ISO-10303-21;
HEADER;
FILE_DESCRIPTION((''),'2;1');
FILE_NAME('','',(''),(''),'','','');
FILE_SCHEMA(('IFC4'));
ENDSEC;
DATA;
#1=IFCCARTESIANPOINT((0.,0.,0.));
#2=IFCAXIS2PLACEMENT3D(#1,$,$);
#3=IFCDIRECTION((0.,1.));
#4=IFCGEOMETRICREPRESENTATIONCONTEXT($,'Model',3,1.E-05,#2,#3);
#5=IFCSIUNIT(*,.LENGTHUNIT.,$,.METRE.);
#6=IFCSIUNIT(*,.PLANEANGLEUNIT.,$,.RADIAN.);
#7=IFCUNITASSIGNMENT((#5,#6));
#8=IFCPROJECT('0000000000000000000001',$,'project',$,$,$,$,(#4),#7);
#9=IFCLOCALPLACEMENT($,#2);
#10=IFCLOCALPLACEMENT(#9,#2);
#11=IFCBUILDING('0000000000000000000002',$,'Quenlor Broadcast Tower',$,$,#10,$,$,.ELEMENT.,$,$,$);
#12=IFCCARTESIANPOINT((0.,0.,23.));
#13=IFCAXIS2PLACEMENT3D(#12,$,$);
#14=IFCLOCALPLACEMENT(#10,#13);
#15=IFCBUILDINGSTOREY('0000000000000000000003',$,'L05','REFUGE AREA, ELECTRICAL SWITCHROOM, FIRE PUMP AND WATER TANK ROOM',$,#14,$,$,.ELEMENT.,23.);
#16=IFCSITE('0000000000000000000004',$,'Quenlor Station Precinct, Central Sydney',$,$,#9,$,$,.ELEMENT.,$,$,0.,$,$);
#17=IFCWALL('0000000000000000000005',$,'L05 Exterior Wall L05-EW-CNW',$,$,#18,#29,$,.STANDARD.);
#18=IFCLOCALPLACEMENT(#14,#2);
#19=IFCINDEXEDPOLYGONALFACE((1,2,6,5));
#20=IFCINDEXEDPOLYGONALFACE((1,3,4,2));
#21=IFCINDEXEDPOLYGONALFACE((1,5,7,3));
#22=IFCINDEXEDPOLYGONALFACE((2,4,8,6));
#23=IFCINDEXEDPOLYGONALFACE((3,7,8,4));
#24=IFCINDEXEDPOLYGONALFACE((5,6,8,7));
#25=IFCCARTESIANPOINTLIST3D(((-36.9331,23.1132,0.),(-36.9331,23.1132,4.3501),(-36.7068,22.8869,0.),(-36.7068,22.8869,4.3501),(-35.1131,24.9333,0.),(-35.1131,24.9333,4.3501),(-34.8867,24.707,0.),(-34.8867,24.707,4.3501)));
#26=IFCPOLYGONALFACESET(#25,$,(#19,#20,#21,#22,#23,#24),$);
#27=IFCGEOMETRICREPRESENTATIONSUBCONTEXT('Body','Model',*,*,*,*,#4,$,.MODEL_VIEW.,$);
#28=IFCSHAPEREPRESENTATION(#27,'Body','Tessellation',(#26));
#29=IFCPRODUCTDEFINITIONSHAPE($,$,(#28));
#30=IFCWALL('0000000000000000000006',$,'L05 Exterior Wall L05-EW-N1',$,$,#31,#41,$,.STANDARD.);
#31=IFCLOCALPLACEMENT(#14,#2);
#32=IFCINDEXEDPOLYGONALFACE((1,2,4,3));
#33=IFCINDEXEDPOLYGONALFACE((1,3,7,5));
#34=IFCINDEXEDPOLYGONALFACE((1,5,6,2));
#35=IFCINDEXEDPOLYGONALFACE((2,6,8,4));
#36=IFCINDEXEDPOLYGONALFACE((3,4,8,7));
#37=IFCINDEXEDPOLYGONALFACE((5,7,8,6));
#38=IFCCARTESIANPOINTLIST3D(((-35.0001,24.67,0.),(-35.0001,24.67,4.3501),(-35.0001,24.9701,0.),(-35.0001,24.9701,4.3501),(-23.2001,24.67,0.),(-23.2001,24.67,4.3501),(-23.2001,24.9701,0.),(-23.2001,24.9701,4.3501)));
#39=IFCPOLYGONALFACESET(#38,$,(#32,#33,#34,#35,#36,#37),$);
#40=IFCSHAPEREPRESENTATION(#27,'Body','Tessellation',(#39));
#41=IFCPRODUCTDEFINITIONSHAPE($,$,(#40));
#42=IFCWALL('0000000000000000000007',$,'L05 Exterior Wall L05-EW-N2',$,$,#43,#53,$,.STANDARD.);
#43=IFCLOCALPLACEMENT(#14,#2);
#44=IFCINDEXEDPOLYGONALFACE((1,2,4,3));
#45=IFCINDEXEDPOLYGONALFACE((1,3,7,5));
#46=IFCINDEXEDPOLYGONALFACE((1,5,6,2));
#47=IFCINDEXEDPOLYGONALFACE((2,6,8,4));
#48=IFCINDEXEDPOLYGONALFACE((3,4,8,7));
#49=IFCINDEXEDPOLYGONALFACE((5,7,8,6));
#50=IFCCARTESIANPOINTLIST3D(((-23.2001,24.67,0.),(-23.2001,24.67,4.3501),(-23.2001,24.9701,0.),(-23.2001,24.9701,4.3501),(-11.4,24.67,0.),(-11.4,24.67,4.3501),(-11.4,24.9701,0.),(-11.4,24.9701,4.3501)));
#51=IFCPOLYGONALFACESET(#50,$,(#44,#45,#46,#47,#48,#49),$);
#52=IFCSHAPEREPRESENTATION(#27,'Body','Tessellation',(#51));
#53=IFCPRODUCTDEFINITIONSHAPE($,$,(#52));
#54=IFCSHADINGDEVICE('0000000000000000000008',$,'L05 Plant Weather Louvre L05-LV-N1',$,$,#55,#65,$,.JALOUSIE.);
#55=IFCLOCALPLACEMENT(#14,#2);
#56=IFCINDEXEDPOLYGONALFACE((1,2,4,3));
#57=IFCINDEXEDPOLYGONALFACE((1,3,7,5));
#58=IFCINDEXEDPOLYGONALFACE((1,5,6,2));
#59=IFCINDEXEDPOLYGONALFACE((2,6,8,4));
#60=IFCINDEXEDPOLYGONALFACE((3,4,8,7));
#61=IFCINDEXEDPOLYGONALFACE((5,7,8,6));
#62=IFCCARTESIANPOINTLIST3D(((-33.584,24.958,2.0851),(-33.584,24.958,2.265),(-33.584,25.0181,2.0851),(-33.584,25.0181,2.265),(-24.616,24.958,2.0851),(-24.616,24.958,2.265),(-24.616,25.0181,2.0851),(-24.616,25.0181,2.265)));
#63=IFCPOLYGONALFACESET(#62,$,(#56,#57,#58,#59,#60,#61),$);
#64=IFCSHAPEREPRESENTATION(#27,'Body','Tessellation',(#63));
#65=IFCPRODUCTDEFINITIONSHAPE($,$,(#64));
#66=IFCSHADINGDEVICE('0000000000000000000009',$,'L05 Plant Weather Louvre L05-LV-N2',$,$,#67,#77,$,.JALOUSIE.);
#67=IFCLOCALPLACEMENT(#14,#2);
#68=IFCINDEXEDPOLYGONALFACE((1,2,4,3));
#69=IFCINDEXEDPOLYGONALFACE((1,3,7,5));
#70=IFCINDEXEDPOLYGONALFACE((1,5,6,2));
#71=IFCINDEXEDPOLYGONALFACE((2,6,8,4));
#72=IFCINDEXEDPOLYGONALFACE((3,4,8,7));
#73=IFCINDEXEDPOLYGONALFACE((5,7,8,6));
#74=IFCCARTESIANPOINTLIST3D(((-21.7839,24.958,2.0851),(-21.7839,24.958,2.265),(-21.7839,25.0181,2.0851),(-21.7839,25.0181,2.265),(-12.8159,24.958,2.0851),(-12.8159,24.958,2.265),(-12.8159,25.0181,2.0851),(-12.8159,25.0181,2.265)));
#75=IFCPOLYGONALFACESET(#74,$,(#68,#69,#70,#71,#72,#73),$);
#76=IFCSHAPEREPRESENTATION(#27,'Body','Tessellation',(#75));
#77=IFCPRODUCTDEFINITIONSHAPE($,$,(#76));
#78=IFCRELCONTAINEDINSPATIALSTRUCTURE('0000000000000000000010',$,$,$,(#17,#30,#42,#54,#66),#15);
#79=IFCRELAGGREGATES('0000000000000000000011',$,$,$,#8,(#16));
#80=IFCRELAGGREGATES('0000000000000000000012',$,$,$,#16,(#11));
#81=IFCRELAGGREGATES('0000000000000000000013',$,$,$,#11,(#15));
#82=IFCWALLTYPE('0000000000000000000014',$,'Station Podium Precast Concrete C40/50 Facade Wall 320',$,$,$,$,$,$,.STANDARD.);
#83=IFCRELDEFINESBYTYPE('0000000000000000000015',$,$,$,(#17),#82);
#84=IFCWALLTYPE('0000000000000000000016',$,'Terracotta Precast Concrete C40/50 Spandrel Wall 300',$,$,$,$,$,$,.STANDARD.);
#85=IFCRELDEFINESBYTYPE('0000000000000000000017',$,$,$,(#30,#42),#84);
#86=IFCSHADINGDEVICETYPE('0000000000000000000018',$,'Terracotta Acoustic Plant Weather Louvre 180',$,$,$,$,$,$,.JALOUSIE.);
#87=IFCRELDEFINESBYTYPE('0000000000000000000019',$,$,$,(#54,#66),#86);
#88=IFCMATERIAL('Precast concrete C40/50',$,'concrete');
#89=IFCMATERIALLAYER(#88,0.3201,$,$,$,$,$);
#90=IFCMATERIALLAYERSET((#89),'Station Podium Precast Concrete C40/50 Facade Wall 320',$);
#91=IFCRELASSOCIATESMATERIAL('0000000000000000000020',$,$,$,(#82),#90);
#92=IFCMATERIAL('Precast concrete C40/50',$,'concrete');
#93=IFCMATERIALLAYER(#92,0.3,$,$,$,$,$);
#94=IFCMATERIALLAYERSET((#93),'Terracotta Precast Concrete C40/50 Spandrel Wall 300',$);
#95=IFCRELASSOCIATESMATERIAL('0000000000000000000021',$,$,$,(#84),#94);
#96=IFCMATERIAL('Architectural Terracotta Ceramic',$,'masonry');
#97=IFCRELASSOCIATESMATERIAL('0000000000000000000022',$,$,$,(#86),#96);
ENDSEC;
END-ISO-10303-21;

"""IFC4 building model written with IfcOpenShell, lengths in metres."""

from ifc_helpers import new_model, si_unit, direction, frame, frame_2d, origin, origin_2d, place, context, subcontext, project, spatial, rectangle, extrude, material, layer, layer_set, material_profile, profile_set, type_object, element, save


model = new_model("IFC4")

# Units and contexts
model_context = context("Model", 3, precision=1e-05, world=origin(), true_north=direction((0.0, 1.0)))
body_context = subcontext(model_context, "Body", "Model", "MODEL_VIEW")
ifc_project = project(units=[si_unit("LENGTHUNIT", "METRE"), si_unit("PLANEANGLEUNIT", "RADIAN")], contexts=[model_context])

# Site, building, storey
site_placement = place(None, origin())
site = spatial("IfcSite", under=ifc_project, at=site_placement, Name="Quenlor Station Precinct, Central Sydney", CompositionType="ELEMENT", RefElevation=0.0)
building_placement = place(site_placement, origin())
building = spatial("IfcBuilding", under=site, at=building_placement, Name="Quenlor Broadcast Tower", CompositionType="ELEMENT")
storey_placement = place(building_placement, frame((0.0, 0.0, 23.0)))
storey = spatial("IfcBuildingStorey", under=building, at=storey_placement, Name="L05", Description="REFUGE AREA, ELECTRICAL SWITCHROOM, FIRE PUMP AND WATER TANK ROOM", CompositionType="ELEMENT", Elevation=23.0)

# Walls
ifc_material_1 = material(Name="Precast concrete C40/50", Category="concrete")
ifc_layer_1 = layer(ifc_material_1, 0.3201)
ifc_layer_set_1 = layer_set([ifc_layer_1], Name="Station Podium Precast Concrete C40/50 Facade Wall 320")
wall_type_1 = type_object("IfcWallType", Name="Station Podium Precast Concrete C40/50 Facade Wall 320", PredefinedType="STANDARD", material=ifc_layer_set_1)
wall_1_placement = place(storey_placement, frame((-36.8201, 23.0, 0.0), z_axis=(0.0, 0.0, 1.0), x_axis=(0.707107, 0.707107, 0.0)))
element("IfcWall", 1, at=wall_1_placement, inside=storey, type_object=wall_type_1, Name="L05 Exterior Wall L05-EW-CNW", PredefinedType="STANDARD", context=body_context, shape_type="SweptSolid", body=[
    extrude(rectangle(XDim=2.574, YDim=0.3201, at=frame_2d((1.2871, 0.0))), origin(), (0.0, 0.0, 1.0), 4.3501),
])
ifc_material_2 = material(Name="Precast concrete C40/50", Category="concrete")
ifc_layer_2 = layer(ifc_material_2, 0.3)
ifc_layer_set_2 = layer_set([ifc_layer_2], Name="Terracotta Precast Concrete C40/50 Spandrel Wall 300")
wall_type_2 = type_object("IfcWallType", Name="Terracotta Precast Concrete C40/50 Spandrel Wall 300", PredefinedType="STANDARD", material=ifc_layer_set_2)
for number, where, z_axis, x_axis, name in (
    (2, (-35.0, 24.8201, 0.0), (0.0, 0.0, 1.0), (1.0, 0.0, 0.0), "L05 Exterior Wall L05-EW-N1"),
    (3, (-23.2, 24.8201, 0.0), (0.0, 0.0, 1.0), (1.0, 0.0, 0.0), "L05 Exterior Wall L05-EW-N2"),
):
    element("IfcWall", number, at=place(storey_placement, frame(where, z_axis=z_axis, x_axis=x_axis)), inside=storey, type_object=wall_type_2, Name=name, PredefinedType="STANDARD", context=body_context, shape_type="SweptSolid", body=[
        extrude(rectangle(XDim=11.8, YDim=0.3, at=frame_2d((5.8999, 0.0))), origin(), (0.0, 0.0, 1.0), 4.3501),
    ])

# Shading devices
ifc_material_3 = material(Name="Architectural Terracotta Ceramic", Category="masonry")
ifc_material_profile_1 = material_profile(ifc_material_3, rectangle(XDim=0.0601, YDim=0.1799, at=origin_2d()))
ifc_profile_set_1 = profile_set([ifc_material_profile_1], Name="Architectural Terracotta Ceramic LVR60x180")
shading_device_type = type_object("IfcShadingDeviceType", Name="Terracotta Acoustic Plant Weather Louvre 180", PredefinedType="JALOUSIE", material=ifc_profile_set_1)
for number, where, z_axis, x_axis, name in (
    (4, (-33.584, 24.988, 2.175), (1.0, 0.0, 0.0), (0.0, 1.0, 0.0), "L05 Plant Weather Louvre L05-LV-N1"),
    (5, (-21.7839, 24.988, 2.175), (1.0, 0.0, 0.0), (0.0, 1.0, 0.0), "L05 Plant Weather Louvre L05-LV-N2"),
):
    element("IfcShadingDevice", number, at=place(storey_placement, frame(where, z_axis=z_axis, x_axis=x_axis)), inside=storey, type_object=shading_device_type, Name=name, PredefinedType="JALOUSIE", context=body_context, shape_type="SweptSolid", body=[
        extrude(rectangle(XDim=0.0601, YDim=0.1799, at=origin_2d()), origin(), (0.0, 0.0, 1.0), 8.968),
    ])

save(model, "model.ifc")
